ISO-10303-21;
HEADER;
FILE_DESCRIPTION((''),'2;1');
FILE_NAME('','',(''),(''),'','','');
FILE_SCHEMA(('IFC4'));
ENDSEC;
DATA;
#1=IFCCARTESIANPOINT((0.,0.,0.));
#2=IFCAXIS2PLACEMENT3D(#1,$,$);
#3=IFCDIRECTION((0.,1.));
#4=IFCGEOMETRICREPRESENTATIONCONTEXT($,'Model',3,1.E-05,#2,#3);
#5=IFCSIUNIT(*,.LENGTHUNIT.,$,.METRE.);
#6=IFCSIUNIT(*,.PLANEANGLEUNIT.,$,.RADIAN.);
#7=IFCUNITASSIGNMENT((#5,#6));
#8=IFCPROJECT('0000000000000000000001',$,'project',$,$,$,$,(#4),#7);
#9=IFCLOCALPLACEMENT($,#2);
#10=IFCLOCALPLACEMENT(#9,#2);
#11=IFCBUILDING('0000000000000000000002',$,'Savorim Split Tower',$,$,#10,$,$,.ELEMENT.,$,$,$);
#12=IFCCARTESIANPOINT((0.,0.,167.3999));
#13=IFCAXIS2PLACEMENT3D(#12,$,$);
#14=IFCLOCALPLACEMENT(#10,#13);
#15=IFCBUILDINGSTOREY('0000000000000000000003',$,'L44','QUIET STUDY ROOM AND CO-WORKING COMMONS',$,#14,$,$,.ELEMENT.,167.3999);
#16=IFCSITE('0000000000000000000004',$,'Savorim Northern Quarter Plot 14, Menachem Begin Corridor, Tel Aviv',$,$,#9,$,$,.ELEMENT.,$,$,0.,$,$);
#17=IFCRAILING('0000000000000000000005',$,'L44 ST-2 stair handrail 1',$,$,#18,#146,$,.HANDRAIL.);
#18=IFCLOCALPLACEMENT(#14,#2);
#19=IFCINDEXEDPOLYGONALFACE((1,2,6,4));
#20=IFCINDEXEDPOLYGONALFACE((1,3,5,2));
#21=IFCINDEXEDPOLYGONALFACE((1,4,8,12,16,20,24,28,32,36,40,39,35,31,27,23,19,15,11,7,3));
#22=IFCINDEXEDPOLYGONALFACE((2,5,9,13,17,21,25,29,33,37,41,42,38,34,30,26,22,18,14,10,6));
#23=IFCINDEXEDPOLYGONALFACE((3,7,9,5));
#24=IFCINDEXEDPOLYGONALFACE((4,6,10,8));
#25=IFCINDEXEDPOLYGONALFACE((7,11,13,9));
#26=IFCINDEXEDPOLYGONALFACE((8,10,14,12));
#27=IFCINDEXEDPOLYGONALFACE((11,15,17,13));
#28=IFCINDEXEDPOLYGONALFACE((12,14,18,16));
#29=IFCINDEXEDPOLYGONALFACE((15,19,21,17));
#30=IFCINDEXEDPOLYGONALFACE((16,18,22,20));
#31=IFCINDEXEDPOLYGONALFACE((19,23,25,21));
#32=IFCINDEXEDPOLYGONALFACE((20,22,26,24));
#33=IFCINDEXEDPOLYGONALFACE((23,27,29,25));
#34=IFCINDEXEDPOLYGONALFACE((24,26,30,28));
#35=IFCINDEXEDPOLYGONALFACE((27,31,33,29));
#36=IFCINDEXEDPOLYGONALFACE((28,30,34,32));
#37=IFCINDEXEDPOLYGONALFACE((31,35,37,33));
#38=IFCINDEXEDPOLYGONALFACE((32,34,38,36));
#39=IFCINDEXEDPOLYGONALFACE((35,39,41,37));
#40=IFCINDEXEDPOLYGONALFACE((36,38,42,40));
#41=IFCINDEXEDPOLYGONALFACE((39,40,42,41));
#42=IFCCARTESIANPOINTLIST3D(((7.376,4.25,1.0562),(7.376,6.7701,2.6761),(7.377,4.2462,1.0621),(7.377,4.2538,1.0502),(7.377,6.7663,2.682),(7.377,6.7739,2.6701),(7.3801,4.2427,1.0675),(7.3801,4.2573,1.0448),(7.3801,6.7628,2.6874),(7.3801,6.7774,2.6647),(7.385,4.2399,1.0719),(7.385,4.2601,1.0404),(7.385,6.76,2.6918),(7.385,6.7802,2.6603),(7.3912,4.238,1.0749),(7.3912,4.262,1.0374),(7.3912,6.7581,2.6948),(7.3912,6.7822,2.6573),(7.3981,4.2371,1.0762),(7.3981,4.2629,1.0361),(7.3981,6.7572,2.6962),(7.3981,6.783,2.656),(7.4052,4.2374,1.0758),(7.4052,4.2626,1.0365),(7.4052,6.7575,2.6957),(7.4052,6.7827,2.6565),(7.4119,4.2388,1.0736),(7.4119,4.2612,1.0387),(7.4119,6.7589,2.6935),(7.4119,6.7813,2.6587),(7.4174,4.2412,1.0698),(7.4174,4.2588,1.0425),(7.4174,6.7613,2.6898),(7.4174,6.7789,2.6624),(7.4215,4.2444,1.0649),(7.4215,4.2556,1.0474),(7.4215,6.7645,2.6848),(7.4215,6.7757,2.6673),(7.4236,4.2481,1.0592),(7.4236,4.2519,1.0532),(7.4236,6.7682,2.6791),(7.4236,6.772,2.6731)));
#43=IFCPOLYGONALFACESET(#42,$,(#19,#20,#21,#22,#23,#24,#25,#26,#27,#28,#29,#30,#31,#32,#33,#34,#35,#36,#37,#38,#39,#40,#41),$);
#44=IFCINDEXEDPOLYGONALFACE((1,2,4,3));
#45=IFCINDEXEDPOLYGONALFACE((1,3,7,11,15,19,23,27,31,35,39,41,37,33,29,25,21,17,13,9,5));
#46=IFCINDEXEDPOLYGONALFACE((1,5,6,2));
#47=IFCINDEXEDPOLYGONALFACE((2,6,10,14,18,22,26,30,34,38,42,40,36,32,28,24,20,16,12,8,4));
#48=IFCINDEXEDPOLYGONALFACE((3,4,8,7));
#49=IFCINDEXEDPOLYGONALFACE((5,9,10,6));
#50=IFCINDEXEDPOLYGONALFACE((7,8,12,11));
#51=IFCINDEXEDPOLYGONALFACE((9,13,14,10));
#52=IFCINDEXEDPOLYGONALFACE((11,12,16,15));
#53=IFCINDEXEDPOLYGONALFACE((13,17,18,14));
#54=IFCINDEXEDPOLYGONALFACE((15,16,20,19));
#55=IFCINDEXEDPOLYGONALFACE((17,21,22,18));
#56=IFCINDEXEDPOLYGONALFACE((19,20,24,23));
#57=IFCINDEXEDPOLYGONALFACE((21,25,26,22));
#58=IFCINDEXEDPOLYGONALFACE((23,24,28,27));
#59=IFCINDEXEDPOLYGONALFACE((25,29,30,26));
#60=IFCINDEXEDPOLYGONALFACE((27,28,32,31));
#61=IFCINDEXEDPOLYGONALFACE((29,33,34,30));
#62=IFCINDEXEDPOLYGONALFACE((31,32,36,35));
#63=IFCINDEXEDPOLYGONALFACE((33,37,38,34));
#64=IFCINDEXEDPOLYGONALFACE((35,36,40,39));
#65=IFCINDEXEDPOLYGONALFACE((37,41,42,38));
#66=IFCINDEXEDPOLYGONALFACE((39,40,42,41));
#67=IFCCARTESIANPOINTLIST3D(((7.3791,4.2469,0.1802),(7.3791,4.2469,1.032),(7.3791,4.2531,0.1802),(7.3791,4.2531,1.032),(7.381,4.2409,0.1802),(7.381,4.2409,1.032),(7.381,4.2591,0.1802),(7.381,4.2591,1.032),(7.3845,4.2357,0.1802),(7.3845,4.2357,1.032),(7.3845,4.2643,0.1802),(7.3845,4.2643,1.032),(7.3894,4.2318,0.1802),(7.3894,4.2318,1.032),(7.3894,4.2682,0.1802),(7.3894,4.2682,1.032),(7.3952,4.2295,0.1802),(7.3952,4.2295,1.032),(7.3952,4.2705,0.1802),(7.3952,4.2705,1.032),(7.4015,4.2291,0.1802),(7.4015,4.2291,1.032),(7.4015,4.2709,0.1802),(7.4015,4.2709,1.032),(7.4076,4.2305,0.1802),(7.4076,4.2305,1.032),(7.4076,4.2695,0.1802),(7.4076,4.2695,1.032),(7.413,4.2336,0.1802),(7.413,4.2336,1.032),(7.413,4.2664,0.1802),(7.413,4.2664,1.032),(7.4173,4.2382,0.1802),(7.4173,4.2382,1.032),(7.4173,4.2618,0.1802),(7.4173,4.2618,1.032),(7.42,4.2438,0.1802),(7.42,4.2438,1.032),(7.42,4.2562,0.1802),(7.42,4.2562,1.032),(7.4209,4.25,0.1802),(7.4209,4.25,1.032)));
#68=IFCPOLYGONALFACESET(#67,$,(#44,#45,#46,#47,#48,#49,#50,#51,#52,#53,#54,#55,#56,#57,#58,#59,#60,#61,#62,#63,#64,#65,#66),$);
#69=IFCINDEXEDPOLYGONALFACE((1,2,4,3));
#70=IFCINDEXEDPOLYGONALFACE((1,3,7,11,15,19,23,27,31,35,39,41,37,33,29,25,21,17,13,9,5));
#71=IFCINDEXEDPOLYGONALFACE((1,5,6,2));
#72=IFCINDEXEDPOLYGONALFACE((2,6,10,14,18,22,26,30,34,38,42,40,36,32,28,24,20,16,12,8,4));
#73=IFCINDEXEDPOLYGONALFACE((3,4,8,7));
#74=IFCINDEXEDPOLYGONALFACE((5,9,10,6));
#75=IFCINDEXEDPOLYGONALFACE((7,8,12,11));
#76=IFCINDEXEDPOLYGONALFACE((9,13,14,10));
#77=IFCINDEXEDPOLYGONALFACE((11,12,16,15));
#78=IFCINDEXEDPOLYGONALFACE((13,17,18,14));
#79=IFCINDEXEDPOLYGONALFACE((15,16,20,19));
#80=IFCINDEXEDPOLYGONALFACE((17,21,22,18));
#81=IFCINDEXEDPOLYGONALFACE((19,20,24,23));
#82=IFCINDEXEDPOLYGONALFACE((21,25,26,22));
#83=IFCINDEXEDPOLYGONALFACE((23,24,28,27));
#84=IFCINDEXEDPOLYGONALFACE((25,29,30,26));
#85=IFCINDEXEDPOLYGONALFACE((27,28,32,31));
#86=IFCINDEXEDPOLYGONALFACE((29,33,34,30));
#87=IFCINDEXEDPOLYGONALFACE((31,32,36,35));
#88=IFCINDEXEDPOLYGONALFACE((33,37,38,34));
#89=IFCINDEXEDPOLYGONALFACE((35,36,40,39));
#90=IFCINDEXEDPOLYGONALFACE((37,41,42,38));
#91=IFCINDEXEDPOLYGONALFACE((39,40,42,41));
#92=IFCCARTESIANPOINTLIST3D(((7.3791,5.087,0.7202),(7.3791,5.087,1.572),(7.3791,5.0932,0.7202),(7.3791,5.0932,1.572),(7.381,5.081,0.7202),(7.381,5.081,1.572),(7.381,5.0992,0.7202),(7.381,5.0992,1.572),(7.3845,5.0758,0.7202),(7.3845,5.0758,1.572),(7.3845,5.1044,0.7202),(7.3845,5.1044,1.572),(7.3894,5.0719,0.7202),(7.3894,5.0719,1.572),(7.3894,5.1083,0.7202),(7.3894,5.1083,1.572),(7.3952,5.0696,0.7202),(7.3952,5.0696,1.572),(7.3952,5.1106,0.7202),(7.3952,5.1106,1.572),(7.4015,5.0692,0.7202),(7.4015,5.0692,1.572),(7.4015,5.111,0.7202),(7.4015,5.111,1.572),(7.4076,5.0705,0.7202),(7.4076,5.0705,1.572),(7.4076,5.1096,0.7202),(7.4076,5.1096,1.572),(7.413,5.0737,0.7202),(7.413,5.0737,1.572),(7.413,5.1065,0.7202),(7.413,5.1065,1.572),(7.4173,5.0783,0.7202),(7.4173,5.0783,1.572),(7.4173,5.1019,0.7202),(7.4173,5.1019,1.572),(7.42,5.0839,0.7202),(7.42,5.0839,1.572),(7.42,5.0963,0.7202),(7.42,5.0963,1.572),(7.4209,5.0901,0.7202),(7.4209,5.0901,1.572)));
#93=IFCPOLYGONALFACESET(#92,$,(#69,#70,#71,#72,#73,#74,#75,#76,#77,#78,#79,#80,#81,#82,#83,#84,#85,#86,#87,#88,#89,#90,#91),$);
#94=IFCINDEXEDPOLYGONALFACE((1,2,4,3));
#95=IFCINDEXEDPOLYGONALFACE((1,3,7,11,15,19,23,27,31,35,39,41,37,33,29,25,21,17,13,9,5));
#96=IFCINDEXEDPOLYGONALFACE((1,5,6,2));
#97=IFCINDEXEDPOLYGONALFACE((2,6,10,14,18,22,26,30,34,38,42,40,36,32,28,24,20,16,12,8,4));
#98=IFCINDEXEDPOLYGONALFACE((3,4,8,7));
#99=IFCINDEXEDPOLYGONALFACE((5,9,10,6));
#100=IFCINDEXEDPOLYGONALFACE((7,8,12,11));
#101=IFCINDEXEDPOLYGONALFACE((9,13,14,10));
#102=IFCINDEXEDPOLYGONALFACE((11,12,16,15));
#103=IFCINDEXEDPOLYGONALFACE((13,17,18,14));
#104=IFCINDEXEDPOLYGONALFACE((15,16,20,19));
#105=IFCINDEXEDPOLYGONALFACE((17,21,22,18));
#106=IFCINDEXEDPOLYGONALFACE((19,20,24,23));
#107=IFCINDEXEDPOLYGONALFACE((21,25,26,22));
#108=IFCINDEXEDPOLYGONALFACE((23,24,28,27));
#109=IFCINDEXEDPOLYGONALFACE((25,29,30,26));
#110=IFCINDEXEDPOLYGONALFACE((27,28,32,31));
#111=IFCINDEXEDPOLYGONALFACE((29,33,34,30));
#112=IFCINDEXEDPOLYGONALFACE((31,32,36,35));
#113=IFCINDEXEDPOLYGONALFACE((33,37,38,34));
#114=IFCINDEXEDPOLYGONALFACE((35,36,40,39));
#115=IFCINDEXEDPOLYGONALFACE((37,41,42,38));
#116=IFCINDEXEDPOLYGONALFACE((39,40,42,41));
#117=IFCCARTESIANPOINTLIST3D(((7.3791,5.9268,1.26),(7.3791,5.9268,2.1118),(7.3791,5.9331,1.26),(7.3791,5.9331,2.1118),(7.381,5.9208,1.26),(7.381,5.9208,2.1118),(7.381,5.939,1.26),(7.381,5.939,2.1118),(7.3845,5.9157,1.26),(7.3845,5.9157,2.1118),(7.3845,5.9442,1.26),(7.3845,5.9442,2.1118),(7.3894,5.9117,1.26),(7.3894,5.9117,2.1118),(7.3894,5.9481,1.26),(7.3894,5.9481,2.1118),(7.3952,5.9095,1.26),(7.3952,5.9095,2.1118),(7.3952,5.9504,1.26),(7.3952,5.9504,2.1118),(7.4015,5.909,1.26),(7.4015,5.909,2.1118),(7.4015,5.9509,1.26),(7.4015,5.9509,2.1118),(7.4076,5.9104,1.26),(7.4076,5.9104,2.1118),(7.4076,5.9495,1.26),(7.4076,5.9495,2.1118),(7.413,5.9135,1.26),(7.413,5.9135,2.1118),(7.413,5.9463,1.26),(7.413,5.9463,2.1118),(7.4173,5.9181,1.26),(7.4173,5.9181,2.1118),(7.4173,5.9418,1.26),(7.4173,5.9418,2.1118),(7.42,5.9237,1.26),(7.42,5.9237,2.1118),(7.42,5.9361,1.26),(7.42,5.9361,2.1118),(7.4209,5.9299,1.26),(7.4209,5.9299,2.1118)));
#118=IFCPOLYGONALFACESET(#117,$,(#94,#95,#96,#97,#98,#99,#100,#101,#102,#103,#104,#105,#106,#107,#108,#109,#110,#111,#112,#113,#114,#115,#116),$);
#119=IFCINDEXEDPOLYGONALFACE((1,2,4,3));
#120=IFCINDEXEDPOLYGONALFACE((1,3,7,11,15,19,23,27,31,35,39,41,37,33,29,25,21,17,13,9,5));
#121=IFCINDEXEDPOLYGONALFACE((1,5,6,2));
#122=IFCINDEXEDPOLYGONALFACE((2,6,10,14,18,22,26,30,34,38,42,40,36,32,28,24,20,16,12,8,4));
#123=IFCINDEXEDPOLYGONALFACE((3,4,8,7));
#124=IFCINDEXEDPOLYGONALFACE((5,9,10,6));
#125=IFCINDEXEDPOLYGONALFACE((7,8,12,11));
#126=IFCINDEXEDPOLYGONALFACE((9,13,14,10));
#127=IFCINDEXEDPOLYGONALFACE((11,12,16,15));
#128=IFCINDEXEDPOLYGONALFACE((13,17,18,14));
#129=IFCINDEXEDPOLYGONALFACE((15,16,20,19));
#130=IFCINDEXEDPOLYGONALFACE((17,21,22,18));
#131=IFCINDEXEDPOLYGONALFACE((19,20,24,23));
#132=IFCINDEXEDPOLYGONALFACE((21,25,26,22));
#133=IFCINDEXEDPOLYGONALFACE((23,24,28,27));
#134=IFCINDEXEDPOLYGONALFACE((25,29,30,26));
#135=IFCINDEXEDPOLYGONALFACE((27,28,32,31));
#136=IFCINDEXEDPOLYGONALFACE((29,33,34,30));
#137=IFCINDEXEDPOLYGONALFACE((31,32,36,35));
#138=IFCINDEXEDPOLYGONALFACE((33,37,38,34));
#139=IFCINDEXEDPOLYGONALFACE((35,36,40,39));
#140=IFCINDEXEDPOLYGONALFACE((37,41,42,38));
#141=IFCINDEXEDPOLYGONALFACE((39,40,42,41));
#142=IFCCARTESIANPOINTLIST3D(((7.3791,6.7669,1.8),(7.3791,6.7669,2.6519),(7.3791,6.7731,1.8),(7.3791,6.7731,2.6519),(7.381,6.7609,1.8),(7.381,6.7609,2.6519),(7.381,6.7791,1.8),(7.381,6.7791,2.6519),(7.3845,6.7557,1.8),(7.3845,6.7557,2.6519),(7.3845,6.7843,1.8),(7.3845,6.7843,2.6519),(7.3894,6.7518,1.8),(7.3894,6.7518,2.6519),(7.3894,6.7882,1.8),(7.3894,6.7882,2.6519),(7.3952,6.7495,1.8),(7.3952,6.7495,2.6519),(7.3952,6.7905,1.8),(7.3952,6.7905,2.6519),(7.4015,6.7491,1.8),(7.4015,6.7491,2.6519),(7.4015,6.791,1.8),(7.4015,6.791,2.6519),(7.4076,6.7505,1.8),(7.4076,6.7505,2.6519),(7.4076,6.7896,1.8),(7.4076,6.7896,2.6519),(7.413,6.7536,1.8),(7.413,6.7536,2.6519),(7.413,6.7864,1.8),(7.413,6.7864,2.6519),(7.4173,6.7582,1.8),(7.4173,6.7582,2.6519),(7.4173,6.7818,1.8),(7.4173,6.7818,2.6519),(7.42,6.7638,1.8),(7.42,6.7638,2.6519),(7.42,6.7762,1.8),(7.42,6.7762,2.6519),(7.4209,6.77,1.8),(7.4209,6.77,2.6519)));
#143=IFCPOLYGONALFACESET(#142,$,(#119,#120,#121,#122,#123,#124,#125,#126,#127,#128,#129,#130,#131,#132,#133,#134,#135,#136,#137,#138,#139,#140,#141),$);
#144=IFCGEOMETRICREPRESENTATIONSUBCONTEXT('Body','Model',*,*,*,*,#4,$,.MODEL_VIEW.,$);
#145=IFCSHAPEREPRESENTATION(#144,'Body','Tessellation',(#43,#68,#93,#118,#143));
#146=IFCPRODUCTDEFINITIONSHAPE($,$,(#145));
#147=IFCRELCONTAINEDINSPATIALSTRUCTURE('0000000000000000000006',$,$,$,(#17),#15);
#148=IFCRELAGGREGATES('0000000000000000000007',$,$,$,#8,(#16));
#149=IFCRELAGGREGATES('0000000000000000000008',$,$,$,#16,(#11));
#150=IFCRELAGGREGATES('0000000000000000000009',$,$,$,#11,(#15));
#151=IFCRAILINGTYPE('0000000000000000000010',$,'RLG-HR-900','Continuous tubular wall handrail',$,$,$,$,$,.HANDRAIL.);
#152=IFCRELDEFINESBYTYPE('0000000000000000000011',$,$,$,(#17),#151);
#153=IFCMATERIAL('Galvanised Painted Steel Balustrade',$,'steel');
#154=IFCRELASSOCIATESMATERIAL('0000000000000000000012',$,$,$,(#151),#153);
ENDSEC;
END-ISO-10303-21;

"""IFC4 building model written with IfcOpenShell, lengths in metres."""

from ifc_helpers import new_model, si_unit, direction, frame, origin, origin_2d, place, context, subcontext, project, spatial, circle, extrude, material, type_object, element, save


model = new_model("IFC4")

# Units and contexts
model_context = context("Model", 3, precision=1e-05, world=origin(), true_north=direction((0.0, 1.0)))
body_context = subcontext(model_context, "Body", "Model", "MODEL_VIEW")
ifc_project = project(units=[si_unit("LENGTHUNIT", "METRE"), si_unit("PLANEANGLEUNIT", "RADIAN")], contexts=[model_context])

# Site, building, storey
site_placement = place(None, origin())
site = spatial("IfcSite", under=ifc_project, at=site_placement, Name="Savorim Northern Quarter Plot 14, Menachem Begin Corridor, Tel Aviv", CompositionType="ELEMENT", RefElevation=0.0)
building_placement = place(site_placement, origin())
building = spatial("IfcBuilding", under=site, at=building_placement, Name="Savorim Split Tower", CompositionType="ELEMENT")
storey_placement = place(building_placement, frame((0.0, 0.0, 167.3999)))
storey = spatial("IfcBuildingStorey", under=building, at=storey_placement, Name="L44", Description="QUIET STUDY ROOM AND CO-WORKING COMMONS", CompositionType="ELEMENT", Elevation=167.3999)

# Railing
ifc_material_1 = material(Name="Galvanised Painted Steel Balustrade", Category="steel")
railing_type_1 = type_object("IfcRailingType", Name="RLG-HR-900", Description="Continuous tubular wall handrail", PredefinedType="HANDRAIL", material=ifc_material_1)
railing_1_placement = place(storey_placement, frame((7.3999, 4.25, 0.1802)))
element("IfcRailing", 1, at=railing_1_placement, inside=storey, type_object=railing_type_1, Name="L44 ST-2 stair handrail 1", PredefinedType="HANDRAIL", context=body_context, shape_type="SweptSolid", body=[
    extrude(circle(Radius=0.0239, at=origin_2d()), frame((0.0, 0.0, 0.876), z_axis=(0.0, 0.8412, 0.540725), x_axis=(-1.0, 0.0, 0.0)), (0.0, 0.0, 1.0), 2.9958),
    extrude(circle(Radius=0.021, at=origin_2d()), origin(), (0.0, 0.0, 1.0), 0.8518),
    extrude(circle(Radius=0.021, at=origin_2d()), frame((0.0, 0.8401, 0.54)), (0.0, 0.0, 1.0), 0.8518),
    extrude(circle(Radius=0.021, at=origin_2d()), frame((0.0, 1.6799, 1.0798)), (0.0, 0.0, 1.0), 0.8518),
    extrude(circle(Radius=0.021, at=origin_2d()), frame((0.0, 2.52, 1.6199)), (0.0, 0.0, 1.0), 0.8518),
])

save(model, "model.ifc")
